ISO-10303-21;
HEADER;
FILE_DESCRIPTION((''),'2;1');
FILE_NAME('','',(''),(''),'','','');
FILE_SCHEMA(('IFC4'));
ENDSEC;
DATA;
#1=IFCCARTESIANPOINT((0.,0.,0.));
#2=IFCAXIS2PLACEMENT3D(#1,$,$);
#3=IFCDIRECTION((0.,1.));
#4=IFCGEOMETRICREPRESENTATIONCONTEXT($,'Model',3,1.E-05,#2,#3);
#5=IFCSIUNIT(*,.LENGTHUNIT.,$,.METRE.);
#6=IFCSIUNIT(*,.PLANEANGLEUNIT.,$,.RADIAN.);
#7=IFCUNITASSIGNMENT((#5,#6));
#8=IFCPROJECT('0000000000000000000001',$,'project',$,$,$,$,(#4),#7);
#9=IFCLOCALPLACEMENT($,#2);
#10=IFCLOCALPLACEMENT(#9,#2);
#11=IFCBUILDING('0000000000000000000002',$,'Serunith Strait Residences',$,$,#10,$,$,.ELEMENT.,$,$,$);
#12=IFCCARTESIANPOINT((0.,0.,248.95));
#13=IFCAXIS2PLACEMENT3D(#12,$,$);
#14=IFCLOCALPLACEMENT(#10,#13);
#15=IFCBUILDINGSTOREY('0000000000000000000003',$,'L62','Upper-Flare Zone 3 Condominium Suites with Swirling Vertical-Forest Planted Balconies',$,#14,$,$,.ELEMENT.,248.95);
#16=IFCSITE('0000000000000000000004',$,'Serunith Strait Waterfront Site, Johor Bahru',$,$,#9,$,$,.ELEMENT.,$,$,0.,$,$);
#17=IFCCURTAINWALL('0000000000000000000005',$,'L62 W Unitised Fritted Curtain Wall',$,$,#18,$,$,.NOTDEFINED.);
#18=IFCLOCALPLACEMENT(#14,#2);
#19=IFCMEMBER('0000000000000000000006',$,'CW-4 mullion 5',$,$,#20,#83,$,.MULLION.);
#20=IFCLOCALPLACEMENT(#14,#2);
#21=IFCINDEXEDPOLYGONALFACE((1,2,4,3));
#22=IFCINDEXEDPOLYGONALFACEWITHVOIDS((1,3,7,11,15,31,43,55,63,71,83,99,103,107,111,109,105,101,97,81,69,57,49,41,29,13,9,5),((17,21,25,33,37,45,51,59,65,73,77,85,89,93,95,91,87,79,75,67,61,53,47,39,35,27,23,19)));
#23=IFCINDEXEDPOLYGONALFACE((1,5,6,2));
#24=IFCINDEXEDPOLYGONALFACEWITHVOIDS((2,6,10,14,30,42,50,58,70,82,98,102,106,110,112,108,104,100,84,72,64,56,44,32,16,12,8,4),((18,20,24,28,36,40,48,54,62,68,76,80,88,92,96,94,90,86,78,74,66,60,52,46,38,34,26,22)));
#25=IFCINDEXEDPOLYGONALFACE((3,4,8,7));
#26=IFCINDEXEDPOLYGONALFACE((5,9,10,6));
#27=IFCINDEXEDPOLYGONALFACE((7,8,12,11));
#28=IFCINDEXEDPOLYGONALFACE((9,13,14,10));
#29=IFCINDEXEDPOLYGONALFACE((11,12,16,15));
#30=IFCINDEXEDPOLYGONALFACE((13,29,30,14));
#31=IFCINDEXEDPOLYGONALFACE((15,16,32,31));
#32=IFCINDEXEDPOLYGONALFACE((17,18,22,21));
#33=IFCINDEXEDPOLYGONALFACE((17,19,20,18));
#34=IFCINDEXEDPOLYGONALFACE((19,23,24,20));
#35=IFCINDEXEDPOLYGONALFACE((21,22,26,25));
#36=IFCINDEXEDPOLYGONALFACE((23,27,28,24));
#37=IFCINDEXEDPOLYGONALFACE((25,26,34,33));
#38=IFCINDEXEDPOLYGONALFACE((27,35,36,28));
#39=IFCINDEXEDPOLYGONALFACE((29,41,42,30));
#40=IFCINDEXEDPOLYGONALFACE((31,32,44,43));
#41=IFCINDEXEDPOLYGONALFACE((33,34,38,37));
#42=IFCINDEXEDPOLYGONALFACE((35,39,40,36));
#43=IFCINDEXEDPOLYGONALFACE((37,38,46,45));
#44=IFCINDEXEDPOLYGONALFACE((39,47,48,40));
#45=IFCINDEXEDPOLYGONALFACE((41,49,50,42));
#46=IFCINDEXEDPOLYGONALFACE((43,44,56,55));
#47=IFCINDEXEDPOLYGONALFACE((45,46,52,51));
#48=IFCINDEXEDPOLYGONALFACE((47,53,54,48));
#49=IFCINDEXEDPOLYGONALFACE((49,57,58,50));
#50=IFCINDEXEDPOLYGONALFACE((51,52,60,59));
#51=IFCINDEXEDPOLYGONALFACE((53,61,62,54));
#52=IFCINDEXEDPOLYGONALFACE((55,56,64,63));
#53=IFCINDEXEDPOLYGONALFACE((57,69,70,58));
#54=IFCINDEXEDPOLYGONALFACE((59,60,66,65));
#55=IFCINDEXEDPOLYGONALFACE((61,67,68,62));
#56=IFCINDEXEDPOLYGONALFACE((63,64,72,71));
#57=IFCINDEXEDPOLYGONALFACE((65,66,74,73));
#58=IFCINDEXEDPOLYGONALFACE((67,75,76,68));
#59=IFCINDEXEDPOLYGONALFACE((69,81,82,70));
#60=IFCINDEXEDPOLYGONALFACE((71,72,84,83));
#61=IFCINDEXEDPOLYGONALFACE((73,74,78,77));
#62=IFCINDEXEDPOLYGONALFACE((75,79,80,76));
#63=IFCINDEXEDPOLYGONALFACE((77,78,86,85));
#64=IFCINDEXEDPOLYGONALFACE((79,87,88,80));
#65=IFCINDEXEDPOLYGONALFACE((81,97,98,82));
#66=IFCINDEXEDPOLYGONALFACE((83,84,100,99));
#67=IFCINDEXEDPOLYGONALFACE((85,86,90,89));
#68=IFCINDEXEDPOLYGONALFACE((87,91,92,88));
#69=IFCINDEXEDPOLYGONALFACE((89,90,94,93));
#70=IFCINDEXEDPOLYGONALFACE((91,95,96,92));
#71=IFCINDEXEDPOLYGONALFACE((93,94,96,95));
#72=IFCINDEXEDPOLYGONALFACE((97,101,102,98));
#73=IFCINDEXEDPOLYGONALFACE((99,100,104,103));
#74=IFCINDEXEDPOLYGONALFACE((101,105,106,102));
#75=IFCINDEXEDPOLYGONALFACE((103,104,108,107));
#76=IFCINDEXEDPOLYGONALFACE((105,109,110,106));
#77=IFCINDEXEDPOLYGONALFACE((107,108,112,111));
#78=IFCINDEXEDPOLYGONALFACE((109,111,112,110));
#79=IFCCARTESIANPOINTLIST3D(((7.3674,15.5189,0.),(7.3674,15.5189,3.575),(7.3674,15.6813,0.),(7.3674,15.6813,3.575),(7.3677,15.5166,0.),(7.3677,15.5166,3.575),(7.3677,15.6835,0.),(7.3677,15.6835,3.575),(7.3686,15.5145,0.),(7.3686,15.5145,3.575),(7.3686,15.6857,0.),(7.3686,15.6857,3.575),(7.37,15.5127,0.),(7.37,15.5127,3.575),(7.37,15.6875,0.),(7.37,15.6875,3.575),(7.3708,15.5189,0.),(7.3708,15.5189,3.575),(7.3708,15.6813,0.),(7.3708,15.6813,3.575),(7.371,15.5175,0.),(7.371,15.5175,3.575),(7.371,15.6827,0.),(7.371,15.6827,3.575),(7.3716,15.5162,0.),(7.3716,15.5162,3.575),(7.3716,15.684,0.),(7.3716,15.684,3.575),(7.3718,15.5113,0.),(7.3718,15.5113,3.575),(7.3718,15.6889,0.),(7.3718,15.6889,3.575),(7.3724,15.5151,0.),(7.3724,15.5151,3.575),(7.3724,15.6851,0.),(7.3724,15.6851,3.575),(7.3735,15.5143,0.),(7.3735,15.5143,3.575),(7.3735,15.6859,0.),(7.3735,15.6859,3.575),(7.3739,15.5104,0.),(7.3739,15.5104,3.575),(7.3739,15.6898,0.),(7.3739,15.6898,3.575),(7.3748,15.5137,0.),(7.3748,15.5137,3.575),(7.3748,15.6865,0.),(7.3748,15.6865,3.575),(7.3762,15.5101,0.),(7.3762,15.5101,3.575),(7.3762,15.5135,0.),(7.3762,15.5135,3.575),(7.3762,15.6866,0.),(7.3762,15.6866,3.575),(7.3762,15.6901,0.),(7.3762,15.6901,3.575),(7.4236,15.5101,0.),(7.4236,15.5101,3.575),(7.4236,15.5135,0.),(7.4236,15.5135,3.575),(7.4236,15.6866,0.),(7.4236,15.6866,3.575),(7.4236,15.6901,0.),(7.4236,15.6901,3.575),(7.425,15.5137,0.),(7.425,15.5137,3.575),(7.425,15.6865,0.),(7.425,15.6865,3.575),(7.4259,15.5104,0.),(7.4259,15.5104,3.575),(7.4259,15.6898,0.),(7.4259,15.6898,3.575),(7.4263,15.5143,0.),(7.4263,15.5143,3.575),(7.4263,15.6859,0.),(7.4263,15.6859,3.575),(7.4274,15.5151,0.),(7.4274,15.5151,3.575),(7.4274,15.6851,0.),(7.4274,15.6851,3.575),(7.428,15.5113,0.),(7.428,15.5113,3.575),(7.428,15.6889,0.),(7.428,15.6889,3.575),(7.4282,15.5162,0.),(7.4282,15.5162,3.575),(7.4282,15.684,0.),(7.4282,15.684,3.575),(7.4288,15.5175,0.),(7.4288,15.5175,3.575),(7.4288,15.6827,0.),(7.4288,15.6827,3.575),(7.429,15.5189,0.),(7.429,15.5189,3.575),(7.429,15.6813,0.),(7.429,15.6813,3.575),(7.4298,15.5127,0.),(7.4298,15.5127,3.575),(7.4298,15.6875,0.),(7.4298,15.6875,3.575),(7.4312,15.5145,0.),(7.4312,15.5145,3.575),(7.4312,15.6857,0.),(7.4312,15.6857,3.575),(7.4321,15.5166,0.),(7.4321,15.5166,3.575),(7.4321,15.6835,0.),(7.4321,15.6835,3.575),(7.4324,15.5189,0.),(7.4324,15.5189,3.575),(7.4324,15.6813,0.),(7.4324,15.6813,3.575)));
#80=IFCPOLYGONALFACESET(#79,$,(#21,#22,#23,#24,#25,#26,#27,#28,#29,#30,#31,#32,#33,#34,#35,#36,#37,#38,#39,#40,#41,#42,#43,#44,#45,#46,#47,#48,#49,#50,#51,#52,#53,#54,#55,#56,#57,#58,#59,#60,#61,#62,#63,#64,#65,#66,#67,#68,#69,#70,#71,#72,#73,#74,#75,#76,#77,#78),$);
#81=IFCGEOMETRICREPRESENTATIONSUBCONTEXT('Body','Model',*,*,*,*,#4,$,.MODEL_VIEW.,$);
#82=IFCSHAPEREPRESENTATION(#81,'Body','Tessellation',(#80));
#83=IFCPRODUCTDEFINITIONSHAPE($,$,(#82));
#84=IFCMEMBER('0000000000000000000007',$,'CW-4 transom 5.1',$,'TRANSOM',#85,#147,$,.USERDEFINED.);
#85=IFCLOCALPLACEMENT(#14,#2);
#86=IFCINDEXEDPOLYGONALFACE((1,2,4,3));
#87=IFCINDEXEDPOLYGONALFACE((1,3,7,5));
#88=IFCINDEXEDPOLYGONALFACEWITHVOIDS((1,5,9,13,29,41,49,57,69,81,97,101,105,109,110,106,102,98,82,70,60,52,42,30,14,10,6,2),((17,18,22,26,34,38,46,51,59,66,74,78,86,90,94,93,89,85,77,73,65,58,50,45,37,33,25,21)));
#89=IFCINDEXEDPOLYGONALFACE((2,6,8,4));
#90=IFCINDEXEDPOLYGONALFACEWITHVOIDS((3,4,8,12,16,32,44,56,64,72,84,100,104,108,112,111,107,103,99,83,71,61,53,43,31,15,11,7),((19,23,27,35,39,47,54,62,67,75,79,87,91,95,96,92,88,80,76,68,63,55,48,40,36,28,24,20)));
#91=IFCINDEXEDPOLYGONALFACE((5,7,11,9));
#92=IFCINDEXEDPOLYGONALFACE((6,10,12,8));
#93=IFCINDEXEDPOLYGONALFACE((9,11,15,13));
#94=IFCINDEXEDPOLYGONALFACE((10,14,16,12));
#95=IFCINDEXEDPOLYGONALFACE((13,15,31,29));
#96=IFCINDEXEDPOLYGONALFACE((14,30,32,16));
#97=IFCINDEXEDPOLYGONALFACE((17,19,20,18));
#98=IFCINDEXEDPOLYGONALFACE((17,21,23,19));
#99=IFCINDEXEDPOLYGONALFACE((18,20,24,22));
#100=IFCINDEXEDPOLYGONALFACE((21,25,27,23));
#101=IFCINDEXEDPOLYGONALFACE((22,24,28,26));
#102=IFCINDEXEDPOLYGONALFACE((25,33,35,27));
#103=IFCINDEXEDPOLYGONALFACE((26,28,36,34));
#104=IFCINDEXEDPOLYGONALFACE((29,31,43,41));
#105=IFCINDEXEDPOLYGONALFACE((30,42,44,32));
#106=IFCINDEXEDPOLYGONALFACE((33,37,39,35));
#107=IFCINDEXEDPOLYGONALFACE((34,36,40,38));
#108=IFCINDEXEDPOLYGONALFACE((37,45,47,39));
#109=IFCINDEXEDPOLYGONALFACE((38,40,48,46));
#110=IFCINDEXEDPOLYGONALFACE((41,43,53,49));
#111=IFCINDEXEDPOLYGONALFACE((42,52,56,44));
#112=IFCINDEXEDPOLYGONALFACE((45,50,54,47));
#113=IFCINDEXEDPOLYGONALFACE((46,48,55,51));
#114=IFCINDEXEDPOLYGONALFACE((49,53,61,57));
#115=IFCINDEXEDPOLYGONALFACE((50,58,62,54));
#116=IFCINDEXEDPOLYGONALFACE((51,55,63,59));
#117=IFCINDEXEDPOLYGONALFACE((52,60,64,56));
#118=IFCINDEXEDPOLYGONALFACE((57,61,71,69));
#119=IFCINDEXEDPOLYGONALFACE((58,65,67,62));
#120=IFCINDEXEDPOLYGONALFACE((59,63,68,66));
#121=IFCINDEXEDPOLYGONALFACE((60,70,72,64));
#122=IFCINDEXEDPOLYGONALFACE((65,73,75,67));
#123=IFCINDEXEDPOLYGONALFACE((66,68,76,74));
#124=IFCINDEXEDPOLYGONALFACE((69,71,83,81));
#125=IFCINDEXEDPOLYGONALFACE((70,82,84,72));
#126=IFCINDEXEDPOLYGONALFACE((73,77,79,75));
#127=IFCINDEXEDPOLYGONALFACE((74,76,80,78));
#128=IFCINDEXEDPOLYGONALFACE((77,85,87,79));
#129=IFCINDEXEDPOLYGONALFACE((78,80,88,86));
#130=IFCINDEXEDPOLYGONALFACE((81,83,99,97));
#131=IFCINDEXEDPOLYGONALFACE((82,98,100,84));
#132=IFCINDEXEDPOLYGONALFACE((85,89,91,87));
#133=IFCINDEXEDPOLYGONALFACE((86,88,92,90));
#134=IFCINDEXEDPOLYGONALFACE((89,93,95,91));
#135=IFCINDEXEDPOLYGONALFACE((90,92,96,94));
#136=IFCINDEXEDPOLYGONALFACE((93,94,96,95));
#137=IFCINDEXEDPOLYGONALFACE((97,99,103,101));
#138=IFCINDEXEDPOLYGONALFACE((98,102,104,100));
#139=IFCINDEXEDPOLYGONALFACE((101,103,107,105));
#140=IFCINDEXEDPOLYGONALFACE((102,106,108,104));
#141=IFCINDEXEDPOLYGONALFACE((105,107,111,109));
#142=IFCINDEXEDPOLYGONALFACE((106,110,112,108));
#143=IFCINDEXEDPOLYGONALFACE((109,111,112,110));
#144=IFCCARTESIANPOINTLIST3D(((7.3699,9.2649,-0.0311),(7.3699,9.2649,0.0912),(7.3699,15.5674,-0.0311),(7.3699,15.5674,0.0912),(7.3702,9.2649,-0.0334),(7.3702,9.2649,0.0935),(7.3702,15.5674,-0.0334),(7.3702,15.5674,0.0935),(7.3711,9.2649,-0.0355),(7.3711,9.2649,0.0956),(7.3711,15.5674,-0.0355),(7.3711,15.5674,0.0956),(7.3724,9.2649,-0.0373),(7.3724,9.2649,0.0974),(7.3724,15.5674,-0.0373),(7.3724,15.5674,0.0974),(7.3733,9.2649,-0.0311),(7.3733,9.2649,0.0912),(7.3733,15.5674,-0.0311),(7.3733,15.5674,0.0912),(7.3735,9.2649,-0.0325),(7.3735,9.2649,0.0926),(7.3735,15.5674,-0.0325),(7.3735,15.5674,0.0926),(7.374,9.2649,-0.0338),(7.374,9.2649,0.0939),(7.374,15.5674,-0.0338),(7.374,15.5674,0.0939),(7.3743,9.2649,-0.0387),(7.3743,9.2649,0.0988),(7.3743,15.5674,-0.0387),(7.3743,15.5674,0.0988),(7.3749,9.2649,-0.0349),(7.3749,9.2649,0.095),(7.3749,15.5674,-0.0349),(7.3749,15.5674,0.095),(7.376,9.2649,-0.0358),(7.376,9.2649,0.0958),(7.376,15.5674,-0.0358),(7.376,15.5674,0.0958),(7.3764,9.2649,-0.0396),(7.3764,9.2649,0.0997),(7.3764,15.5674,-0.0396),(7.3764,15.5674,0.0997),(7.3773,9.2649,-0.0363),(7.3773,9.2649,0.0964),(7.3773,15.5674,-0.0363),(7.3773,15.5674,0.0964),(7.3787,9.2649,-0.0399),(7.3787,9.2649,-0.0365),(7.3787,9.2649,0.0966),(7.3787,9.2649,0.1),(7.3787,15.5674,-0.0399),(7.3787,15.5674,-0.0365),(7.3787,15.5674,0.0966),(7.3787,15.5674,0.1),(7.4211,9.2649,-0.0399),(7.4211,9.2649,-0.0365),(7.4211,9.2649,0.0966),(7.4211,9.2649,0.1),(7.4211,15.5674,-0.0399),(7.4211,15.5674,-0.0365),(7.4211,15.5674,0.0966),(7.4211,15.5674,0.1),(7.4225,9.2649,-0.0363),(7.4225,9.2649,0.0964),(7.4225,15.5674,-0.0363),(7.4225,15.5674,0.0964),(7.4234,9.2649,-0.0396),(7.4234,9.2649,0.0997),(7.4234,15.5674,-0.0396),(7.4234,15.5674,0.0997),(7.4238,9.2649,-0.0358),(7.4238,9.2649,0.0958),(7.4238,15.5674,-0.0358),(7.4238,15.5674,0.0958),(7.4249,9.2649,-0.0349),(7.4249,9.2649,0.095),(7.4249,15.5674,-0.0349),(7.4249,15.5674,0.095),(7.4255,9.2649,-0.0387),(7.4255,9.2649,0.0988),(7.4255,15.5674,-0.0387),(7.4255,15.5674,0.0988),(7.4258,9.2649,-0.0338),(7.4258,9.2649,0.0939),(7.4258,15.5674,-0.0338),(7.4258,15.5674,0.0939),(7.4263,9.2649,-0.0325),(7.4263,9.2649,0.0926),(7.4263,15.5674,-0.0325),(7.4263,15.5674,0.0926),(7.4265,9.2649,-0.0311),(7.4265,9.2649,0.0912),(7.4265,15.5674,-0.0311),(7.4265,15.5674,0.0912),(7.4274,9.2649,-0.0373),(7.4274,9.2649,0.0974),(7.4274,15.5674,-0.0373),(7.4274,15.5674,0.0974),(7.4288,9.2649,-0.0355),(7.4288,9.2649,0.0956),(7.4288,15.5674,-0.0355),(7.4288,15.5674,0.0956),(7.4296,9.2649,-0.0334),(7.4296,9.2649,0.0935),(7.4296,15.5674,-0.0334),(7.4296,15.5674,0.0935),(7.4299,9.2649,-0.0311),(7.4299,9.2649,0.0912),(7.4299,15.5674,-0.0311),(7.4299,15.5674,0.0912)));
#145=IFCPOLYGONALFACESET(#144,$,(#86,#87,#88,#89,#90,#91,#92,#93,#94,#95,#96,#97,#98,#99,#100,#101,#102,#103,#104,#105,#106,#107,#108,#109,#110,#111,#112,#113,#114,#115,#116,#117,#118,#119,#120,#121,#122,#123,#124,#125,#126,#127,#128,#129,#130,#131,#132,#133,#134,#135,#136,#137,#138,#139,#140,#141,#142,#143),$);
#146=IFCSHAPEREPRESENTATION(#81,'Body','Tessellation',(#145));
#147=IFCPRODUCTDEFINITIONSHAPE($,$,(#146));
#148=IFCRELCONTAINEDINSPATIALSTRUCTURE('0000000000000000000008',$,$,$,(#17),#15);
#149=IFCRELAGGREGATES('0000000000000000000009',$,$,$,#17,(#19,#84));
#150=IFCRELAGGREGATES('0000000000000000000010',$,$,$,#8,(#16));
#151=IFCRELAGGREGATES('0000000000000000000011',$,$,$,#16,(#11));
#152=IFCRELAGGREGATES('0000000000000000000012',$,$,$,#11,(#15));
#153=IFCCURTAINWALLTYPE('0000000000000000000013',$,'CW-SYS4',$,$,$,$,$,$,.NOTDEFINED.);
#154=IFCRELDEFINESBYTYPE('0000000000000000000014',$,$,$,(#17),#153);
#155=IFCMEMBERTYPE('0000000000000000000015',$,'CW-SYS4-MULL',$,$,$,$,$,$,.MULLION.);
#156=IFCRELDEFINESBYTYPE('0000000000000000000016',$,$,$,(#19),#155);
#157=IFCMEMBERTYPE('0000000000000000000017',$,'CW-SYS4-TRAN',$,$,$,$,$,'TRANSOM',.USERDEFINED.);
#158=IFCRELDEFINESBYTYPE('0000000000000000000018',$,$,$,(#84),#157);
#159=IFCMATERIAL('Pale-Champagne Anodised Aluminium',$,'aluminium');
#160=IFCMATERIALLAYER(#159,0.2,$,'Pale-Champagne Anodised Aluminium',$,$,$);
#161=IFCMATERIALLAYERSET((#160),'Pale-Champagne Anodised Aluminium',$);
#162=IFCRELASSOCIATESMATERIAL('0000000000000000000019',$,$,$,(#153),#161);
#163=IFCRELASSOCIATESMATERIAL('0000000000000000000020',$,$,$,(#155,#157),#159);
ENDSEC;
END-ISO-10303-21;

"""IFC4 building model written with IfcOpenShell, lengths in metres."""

from ifc_helpers import new_model, si_unit, direction, frame, origin, origin_2d, place, context, subcontext, project, spatial, hollow_rectangle, extrude, source, transform, mapped, material, layer, layer_set, material_profile, profile_set, type_object, element, aggregate, save


model = new_model("IFC4")

# Units and contexts
model_context = context("Model", 3, precision=1e-05, world=origin(), true_north=direction((0.0, 1.0)))
body_context = subcontext(model_context, "Body", "Model", "MODEL_VIEW")
ifc_project = project(units=[si_unit("LENGTHUNIT", "METRE"), si_unit("PLANEANGLEUNIT", "RADIAN")], contexts=[model_context])

# Site, building, storey
site_placement = place(None, origin())
site = spatial("IfcSite", under=ifc_project, at=site_placement, Name="Serunith Strait Waterfront Site, Johor Bahru", CompositionType="ELEMENT", RefElevation=0.0)
building_placement = place(site_placement, origin())
building = spatial("IfcBuilding", under=site, at=building_placement, Name="Serunith Strait Residences", CompositionType="ELEMENT")
storey_placement = place(building_placement, frame((0.0, 0.0, 248.95)))
storey = spatial("IfcBuildingStorey", under=building, at=storey_placement, Name="L62", Description="Upper-Flare Zone 3 Condominium Suites with Swirling Vertical-Forest Planted Balconies", CompositionType="ELEMENT", Elevation=248.95)

# Curtain wall, members
ifc_material_1 = material(Name="Pale-Champagne Anodised Aluminium", Category="aluminium")
ifc_layer_1 = layer(ifc_material_1, 0.2, Name="Pale-Champagne Anodised Aluminium")
ifc_layer_set_1 = layer_set([ifc_layer_1], Name="Pale-Champagne Anodised Aluminium")
curtain_wall_type = type_object("IfcCurtainWallType", Name="CW-SYS4", PredefinedType="NOTDEFINED", material=ifc_layer_set_1)
curtain_wall_placement = place(storey_placement, origin())
curtain_wall = element("IfcCurtainWall", 1, at=curtain_wall_placement, inside=storey, type_object=curtain_wall_type, Name="L62 W Unitised Fritted Curtain Wall", PredefinedType="NOTDEFINED")
ifc_material_profile_1 = material_profile(ifc_material_1, hollow_rectangle(XDim=0.0649, YDim=0.1799, WallThickness=0.0034, InnerFilletRadius=0.0054, OuterFilletRadius=0.0088, at=origin_2d()), Name="ALU 180x65x3.5")
ifc_profile_set_1 = profile_set([ifc_material_profile_1], Name="Pale-Champagne Anodised Aluminium")
member_type_1 = type_object("IfcMemberType", Name="CW-SYS4-MULL", PredefinedType="MULLION", material=ifc_profile_set_1)
shared_shape_1 = source(origin(), body_context, "Body", "SweptSolid", [
    extrude(hollow_rectangle(XDim=0.0649, YDim=0.1799, WallThickness=0.0034, InnerFilletRadius=0.0054, OuterFilletRadius=0.0088, at=origin_2d()), origin(), (0.0, 0.0, 1.0), 3.575),
])
member_1_placement = place(storey_placement, frame((7.3999, 15.6001, 0.0), z_axis=(0.0, 0.0, 1.0), x_axis=(1.0, 0.0, 0.0)))
member_1 = element("IfcMember", 2, at=member_1_placement, type_object=member_type_1, Name="CW-4 mullion 5", PredefinedType="MULLION", context=body_context, shape_type="MappedRepresentation", body=[
    mapped(shared_shape_1, transform((0.0, 0.0, 0.0), scale=1.0)),
])
ifc_material_profile_2 = material_profile(ifc_material_1, hollow_rectangle(XDim=0.0601, YDim=0.1399, WallThickness=0.0034, InnerFilletRadius=0.0054, OuterFilletRadius=0.0088, at=origin_2d()), Name="ALU 140x60x3.5")
ifc_profile_set_2 = profile_set([ifc_material_profile_2], Name="Pale-Champagne Anodised Aluminium")
member_type_2 = type_object("IfcMemberType", Name="CW-SYS4-TRAN", ElementType="TRANSOM", PredefinedType="USERDEFINED", material=ifc_profile_set_2)
shared_shape_2 = source(origin(), body_context, "Body", "SweptSolid", [
    extrude(hollow_rectangle(XDim=0.0601, YDim=0.1399, WallThickness=0.0034, InnerFilletRadius=0.0054, OuterFilletRadius=0.0088, at=origin_2d()), origin(), (0.0, 0.0, 1.0), 6.3025),
])
member_2_placement = place(storey_placement, frame((7.3999, 15.5674, 0.03), z_axis=(0.0, -1.0, 0.0), x_axis=(1.0, 0.0, 0.0)))
member_2 = element("IfcMember", 3, at=member_2_placement, type_object=member_type_2, Name="CW-4 transom 5.1", ObjectType="TRANSOM", PredefinedType="USERDEFINED", context=body_context, shape_type="MappedRepresentation", body=[
    mapped(shared_shape_2, transform((0.0, 0.0, 0.0), scale=1.0)),
])
aggregate(curtain_wall, [member_1, member_2])

save(model, "model.ifc")
